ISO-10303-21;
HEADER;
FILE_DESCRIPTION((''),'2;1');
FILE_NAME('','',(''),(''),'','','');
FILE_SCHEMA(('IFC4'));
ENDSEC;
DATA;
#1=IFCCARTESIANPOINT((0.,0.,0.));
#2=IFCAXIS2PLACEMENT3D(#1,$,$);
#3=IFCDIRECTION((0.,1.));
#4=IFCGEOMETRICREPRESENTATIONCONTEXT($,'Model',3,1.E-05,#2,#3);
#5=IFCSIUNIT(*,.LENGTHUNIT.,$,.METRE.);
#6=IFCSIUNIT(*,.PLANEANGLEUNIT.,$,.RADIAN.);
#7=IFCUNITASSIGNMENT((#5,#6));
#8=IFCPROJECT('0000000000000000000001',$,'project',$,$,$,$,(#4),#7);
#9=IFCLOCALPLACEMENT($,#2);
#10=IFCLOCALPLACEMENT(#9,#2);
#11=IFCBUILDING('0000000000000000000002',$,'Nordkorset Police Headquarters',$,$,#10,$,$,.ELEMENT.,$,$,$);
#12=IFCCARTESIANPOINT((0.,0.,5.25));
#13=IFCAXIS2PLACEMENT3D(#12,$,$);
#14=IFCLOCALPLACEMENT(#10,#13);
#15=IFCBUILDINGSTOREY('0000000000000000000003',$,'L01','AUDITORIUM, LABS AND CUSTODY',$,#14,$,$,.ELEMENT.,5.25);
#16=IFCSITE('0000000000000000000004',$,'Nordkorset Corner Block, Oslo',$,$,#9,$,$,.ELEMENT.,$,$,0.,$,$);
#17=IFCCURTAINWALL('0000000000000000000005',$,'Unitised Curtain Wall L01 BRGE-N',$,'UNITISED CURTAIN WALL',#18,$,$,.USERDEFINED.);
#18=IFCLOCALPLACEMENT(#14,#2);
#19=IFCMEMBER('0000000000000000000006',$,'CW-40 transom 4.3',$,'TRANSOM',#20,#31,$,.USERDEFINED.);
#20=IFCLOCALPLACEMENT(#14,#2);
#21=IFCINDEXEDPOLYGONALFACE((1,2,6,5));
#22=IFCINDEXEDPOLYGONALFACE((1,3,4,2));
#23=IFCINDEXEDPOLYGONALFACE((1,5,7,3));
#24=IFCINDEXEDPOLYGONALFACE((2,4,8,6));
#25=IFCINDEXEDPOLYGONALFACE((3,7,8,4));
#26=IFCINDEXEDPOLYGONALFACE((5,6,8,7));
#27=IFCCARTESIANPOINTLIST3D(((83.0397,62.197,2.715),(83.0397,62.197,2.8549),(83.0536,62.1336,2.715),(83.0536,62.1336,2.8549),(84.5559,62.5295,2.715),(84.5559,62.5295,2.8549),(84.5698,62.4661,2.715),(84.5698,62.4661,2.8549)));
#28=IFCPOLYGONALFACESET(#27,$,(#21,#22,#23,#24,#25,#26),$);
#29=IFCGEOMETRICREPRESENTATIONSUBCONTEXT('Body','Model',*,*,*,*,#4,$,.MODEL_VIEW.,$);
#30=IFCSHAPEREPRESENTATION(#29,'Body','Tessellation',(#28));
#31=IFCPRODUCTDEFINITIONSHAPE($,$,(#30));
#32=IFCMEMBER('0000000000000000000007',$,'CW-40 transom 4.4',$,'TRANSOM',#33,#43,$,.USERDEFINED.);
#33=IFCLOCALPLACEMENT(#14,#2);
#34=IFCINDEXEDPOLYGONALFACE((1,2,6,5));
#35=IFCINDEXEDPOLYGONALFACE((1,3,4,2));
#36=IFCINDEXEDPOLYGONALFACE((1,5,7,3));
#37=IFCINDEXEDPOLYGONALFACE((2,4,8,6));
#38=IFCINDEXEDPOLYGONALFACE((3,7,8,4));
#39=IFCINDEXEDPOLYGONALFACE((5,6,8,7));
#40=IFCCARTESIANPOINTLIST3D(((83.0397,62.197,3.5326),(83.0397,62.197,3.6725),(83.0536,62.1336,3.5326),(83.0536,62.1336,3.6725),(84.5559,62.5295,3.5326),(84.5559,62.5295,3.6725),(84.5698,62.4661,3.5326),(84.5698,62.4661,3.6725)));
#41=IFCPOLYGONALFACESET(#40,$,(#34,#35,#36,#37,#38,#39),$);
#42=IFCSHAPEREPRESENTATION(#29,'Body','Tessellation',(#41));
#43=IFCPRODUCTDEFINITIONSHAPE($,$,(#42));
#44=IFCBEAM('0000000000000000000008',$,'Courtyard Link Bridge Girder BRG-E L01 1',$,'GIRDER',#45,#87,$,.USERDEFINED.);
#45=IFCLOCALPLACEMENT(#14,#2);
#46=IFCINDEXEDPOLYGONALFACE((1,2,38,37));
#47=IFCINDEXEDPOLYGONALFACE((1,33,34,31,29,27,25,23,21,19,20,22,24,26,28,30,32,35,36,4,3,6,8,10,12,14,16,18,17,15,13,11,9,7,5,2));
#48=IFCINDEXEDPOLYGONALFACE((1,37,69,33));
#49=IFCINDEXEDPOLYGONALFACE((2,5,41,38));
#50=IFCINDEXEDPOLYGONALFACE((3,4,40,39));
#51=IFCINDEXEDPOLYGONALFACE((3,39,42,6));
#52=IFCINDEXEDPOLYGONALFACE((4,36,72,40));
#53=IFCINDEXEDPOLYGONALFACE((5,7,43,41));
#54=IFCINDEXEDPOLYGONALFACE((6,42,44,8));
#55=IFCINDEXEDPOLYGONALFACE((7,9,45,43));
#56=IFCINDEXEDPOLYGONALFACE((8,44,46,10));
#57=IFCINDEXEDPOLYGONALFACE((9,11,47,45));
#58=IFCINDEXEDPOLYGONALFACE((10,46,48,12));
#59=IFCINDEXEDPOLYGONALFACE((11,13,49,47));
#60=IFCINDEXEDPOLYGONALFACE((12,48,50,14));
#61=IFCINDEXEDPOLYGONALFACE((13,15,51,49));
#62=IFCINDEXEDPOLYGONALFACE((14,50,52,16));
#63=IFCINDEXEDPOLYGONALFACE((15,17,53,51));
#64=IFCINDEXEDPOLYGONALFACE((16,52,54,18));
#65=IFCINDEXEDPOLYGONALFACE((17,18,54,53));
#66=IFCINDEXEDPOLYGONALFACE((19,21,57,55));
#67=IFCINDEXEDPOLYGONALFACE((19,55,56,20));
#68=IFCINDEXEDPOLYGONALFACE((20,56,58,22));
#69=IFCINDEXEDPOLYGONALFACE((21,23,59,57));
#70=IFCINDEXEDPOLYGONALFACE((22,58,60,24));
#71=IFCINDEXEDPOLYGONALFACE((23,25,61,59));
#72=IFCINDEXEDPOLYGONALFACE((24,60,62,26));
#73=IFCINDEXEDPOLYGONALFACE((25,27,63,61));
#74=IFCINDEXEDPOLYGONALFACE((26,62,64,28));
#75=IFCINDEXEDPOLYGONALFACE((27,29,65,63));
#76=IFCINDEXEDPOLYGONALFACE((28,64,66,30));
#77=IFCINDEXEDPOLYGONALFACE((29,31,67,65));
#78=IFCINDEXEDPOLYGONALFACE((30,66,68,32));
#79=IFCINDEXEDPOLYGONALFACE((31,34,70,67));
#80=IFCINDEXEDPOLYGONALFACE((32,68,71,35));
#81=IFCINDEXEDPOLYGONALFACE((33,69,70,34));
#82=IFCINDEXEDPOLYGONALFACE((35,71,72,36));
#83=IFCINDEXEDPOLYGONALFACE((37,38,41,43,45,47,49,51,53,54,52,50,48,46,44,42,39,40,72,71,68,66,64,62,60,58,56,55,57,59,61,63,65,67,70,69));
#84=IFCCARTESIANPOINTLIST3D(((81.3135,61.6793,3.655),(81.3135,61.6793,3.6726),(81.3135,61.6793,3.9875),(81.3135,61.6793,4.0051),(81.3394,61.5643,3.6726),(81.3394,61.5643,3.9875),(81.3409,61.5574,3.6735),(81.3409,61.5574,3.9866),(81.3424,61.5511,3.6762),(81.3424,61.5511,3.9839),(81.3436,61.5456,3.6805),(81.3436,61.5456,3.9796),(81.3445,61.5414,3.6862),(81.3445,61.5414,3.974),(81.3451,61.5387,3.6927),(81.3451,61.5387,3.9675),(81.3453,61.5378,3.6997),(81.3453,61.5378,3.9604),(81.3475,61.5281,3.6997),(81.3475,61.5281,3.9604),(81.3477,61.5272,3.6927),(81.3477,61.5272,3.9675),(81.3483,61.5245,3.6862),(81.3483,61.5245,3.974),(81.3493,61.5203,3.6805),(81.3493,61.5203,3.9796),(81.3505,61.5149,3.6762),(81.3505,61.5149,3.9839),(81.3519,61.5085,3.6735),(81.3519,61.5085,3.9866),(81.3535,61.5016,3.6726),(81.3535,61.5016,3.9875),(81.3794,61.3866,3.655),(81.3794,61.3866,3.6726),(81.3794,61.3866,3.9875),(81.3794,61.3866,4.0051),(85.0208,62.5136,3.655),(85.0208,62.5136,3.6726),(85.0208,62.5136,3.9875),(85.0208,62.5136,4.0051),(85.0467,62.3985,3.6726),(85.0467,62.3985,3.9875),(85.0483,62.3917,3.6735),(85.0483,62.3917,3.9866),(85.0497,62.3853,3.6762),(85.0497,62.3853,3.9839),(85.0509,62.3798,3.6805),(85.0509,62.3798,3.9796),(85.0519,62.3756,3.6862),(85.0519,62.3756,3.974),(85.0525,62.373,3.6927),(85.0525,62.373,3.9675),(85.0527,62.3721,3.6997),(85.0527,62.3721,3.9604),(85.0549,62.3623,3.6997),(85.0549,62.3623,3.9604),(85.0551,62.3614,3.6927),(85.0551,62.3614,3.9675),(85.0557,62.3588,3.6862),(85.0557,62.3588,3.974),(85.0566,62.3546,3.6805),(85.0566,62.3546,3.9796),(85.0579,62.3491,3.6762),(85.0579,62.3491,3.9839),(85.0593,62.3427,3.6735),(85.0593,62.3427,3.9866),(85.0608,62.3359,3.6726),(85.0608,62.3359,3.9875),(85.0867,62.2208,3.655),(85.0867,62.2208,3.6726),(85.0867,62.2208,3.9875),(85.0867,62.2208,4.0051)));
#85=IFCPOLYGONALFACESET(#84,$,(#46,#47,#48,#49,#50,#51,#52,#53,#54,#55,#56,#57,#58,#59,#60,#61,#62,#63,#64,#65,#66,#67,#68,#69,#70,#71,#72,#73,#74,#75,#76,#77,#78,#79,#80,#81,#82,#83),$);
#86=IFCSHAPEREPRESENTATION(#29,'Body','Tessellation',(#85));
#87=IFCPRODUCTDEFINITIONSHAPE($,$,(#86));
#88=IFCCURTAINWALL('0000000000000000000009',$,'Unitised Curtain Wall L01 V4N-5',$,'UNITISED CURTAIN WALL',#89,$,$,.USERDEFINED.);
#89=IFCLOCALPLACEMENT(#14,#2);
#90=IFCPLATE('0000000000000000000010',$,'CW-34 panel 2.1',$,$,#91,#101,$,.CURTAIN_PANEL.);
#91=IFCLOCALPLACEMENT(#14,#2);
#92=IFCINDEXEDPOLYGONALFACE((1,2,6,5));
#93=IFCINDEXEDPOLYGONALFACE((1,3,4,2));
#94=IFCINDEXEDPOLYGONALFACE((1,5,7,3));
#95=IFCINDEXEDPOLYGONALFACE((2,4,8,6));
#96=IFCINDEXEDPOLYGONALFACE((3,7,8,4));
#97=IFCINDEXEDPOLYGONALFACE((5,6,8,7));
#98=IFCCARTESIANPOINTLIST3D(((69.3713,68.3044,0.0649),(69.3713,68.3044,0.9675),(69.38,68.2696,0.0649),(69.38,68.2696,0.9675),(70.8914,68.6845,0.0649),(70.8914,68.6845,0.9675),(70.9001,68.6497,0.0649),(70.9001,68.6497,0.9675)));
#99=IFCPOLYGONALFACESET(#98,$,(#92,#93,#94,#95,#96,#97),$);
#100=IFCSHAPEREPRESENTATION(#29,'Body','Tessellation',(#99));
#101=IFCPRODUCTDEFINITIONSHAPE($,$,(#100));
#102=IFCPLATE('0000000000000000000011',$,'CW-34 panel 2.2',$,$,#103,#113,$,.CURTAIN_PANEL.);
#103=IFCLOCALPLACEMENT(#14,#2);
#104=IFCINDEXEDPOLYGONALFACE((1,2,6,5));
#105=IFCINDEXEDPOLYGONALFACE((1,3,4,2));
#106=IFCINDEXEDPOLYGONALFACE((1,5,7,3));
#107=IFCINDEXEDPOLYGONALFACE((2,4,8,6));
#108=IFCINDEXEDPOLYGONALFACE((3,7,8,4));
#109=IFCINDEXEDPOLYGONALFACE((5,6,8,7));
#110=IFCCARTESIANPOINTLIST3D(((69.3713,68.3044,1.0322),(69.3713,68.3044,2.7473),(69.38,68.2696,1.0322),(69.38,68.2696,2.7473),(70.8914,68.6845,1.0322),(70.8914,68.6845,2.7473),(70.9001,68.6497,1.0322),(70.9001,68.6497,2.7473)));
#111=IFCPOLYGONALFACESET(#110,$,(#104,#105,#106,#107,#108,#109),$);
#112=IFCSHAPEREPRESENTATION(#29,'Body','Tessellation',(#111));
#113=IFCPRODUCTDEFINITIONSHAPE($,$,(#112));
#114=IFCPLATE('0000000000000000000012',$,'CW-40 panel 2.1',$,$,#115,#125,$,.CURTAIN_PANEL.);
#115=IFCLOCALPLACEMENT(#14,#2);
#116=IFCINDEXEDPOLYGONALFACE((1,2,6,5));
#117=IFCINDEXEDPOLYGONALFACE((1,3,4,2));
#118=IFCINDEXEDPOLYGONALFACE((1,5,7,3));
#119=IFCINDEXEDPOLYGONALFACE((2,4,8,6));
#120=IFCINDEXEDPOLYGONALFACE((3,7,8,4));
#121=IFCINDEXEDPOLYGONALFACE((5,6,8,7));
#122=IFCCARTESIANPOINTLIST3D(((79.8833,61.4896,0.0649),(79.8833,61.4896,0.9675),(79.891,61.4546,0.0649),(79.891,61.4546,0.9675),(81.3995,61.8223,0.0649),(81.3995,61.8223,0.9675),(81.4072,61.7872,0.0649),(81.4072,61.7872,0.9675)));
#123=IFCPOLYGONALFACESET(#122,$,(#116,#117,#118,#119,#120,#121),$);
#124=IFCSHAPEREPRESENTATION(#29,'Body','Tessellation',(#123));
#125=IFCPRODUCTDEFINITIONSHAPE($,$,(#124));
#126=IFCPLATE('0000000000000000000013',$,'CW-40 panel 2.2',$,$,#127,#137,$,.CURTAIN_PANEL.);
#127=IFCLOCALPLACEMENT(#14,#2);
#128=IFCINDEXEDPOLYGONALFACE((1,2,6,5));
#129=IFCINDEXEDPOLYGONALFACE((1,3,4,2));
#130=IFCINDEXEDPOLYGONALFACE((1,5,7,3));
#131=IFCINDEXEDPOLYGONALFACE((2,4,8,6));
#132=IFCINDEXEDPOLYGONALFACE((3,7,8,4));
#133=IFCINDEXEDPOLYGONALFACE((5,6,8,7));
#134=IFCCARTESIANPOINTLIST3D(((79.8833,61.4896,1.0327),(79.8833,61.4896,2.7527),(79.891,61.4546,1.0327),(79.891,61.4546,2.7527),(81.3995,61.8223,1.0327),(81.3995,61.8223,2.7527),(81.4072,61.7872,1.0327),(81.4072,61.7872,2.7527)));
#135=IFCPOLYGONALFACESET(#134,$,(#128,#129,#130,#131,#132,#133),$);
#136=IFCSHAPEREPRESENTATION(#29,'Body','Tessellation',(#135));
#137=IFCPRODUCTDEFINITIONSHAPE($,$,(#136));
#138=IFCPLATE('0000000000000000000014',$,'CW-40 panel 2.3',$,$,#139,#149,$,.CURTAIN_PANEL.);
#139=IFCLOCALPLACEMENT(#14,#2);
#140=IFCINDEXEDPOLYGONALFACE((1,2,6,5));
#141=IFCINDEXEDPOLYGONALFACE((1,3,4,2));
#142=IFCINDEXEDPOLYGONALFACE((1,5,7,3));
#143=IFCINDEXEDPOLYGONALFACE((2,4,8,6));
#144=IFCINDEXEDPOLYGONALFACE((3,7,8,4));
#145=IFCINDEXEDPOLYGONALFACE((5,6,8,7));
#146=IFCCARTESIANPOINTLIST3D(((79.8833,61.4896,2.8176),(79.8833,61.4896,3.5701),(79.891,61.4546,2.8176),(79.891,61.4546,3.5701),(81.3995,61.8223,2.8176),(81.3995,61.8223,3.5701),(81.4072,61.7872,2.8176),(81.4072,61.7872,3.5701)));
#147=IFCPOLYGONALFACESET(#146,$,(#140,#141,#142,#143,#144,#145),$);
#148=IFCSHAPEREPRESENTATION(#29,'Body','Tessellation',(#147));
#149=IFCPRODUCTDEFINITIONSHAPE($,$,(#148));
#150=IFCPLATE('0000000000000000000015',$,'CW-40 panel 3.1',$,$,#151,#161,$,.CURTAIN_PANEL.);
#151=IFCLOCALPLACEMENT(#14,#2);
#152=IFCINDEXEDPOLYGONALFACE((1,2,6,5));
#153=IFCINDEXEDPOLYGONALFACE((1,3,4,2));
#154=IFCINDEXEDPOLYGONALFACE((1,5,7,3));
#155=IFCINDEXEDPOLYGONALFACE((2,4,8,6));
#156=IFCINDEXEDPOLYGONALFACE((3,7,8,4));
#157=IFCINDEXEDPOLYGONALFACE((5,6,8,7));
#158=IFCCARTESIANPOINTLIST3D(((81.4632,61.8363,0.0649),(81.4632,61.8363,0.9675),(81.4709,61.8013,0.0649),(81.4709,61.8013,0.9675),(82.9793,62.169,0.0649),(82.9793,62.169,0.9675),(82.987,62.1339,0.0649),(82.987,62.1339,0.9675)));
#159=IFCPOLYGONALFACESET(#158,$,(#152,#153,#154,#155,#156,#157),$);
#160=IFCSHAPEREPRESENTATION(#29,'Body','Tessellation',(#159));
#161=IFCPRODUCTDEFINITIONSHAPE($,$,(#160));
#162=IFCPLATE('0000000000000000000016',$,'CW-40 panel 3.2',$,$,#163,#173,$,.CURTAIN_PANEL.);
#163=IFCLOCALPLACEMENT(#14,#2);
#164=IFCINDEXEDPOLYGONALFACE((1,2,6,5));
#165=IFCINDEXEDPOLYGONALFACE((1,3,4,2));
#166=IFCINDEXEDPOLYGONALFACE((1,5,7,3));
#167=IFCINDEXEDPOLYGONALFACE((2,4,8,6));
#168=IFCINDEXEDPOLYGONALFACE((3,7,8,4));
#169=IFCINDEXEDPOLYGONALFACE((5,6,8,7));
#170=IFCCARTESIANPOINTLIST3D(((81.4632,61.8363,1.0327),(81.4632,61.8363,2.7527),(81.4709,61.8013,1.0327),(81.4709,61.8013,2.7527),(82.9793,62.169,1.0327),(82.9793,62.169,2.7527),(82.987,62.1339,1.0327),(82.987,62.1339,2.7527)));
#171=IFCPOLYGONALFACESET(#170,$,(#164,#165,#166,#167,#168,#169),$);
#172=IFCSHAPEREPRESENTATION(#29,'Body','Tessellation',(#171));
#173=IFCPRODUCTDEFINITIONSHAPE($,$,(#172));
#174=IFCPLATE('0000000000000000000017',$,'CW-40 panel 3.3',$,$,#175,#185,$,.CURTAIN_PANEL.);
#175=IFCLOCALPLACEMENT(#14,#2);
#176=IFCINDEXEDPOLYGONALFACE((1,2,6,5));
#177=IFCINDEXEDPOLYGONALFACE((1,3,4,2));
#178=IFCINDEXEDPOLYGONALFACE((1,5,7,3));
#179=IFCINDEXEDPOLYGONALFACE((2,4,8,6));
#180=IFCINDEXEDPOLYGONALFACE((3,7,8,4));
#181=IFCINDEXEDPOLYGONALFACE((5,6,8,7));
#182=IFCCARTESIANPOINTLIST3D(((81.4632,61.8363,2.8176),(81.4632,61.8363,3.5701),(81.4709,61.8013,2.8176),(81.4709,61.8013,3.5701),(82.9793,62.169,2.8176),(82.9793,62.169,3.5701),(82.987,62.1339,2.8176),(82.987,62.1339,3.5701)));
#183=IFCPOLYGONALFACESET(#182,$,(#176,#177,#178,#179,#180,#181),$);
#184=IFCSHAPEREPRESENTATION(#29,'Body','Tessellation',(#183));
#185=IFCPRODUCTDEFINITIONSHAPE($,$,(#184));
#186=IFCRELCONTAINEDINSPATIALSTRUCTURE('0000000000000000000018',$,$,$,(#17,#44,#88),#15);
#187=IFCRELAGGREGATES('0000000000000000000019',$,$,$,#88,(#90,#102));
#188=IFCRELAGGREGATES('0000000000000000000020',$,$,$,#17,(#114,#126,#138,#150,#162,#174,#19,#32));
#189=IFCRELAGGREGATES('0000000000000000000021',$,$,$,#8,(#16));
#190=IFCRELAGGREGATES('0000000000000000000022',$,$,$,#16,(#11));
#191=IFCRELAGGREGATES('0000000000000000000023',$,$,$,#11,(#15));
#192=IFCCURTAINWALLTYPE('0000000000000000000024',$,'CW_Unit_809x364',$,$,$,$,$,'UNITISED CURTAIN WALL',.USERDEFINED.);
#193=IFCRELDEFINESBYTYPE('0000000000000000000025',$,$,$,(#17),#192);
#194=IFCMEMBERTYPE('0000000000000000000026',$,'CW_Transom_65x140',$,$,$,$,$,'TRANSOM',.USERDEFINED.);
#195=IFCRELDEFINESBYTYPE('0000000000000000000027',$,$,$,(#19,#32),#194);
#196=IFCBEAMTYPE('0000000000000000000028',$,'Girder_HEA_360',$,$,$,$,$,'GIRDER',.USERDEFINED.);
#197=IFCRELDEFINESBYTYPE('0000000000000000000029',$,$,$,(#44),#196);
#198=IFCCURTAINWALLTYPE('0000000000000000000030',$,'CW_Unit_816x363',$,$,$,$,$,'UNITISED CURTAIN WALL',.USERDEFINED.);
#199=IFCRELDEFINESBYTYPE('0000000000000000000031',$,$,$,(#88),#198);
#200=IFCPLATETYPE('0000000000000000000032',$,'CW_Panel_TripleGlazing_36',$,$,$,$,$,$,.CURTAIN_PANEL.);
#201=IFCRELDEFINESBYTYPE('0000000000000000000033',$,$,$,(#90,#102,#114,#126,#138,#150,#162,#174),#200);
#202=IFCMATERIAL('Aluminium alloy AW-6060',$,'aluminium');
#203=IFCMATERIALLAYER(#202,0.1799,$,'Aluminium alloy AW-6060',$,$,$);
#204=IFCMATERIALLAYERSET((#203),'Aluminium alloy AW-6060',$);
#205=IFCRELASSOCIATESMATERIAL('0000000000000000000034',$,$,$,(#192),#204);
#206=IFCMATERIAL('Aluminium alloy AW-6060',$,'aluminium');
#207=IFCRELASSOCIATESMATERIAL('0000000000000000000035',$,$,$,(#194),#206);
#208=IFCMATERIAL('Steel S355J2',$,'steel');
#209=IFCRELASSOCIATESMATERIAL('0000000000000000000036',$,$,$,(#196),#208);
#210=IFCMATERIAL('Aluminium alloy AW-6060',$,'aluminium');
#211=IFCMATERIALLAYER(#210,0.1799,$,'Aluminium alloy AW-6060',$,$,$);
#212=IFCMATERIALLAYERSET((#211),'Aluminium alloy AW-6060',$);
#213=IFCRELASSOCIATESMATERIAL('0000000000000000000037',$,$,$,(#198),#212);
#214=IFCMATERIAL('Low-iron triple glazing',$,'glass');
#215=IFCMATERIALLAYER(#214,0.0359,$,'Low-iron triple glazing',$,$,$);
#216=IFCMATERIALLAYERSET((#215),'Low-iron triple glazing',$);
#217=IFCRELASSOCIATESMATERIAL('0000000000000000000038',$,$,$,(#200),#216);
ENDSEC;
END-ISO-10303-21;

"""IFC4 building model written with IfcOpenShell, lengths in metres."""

from ifc_helpers import new_model, si_unit, direction, frame, origin, origin_2d, place, context, subcontext, project, spatial, rectangle, i_section, extrude, material, layer, layer_set, material_profile, profile_set, type_object, element, aggregate, save


model = new_model("IFC4")

# Units and contexts
model_context = context("Model", 3, precision=1e-05, world=origin(), true_north=direction((0.0, 1.0)))
body_context = subcontext(model_context, "Body", "Model", "MODEL_VIEW")
ifc_project = project(units=[si_unit("LENGTHUNIT", "METRE"), si_unit("PLANEANGLEUNIT", "RADIAN")], contexts=[model_context])

# Site, building, storey
site_placement = place(None, origin())
site = spatial("IfcSite", under=ifc_project, at=site_placement, Name="Nordkorset Corner Block, Oslo", CompositionType="ELEMENT", RefElevation=0.0)
building_placement = place(site_placement, origin())
building = spatial("IfcBuilding", under=site, at=building_placement, Name="Nordkorset Police Headquarters", CompositionType="ELEMENT")
storey_placement = place(building_placement, frame((0.0, 0.0, 5.25)))
storey = spatial("IfcBuildingStorey", under=building, at=storey_placement, Name="L01", Description="AUDITORIUM, LABS AND CUSTODY", CompositionType="ELEMENT", Elevation=5.25)

# Curtain wall, members
ifc_material_1 = material(Name="Aluminium alloy AW-6060", Category="aluminium")
ifc_layer_1 = layer(ifc_material_1, 0.1799, Name="Aluminium alloy AW-6060")
ifc_layer_set_1 = layer_set([ifc_layer_1], Name="Aluminium alloy AW-6060")
curtain_wall_type_1 = type_object("IfcCurtainWallType", Name="CW_Unit_809x364", ElementType="UNITISED CURTAIN WALL", PredefinedType="USERDEFINED", material=ifc_layer_set_1)
curtain_wall_1_placement = place(storey_placement, origin())
curtain_wall_1 = element("IfcCurtainWall", 1, at=curtain_wall_1_placement, inside=storey, type_object=curtain_wall_type_1, Name="Unitised Curtain Wall L01 BRGE-N", ObjectType="UNITISED CURTAIN WALL", PredefinedType="USERDEFINED")
ifc_material_2 = material(Name="Aluminium alloy AW-6060", Category="aluminium")
ifc_material_profile_1 = material_profile(ifc_material_2, rectangle(XDim=0.0649, YDim=0.1399, at=origin_2d()), Name="ALU TRAN 65x140")
ifc_profile_set_1 = profile_set([ifc_material_profile_1], Name="Aluminium alloy AW-6060")
member_type_1 = type_object("IfcMemberType", Name="CW_Transom_65x140", ElementType="TRANSOM", PredefinedType="USERDEFINED", material=ifc_profile_set_1)
member_1_placement = place(storey_placement, frame((83.0466, 62.1653, 2.7849), z_axis=(0.976783, 0.214232, 0.0), x_axis=(-0.214232, 0.976783, 0.0)))
member_1 = element("IfcMember", 2, at=member_1_placement, type_object=member_type_1, Name="CW-40 transom 4.3", ObjectType="TRANSOM", PredefinedType="USERDEFINED", context=body_context, shape_type="SweptSolid", body=[
    extrude(rectangle(XDim=0.0649, YDim=0.1399, at=origin_2d()), origin(), (0.0, 0.0, 1.0), 1.5522),
])
member_2_placement = place(storey_placement, frame((83.0466, 62.1653, 3.6025), z_axis=(0.976783, 0.214232, 0.0), x_axis=(-0.214232, 0.976783, 0.0)))
member_2 = element("IfcMember", 3, at=member_2_placement, type_object=member_type_1, Name="CW-40 transom 4.4", ObjectType="TRANSOM", PredefinedType="USERDEFINED", context=body_context, shape_type="SweptSolid", body=[
    extrude(rectangle(XDim=0.0649, YDim=0.1399, at=origin_2d()), origin(), (0.0, 0.0, 1.0), 1.5522),
])

# Beam
ifc_material_3 = material(Name="Steel S355J2", Category="steel")
ifc_material_profile_2 = material_profile(ifc_material_3, i_section(OverallWidth=0.3, OverallDepth=0.3501, WebThickness=0.01, FlangeThickness=0.0176, FilletRadius=0.0271, at=origin_2d()), Name="HEA 360")
ifc_profile_set_2 = profile_set([ifc_material_profile_2], Name="Steel S355J2")
beam_type = type_object("IfcBeamType", Name="Girder_HEA_360", ElementType="GIRDER", PredefinedType="USERDEFINED", material=ifc_profile_set_2)
beam_placement = place(storey_placement, frame((81.3464, 61.533, 3.8301), z_axis=(0.975605, 0.219535, 0.0), x_axis=(-0.219535, 0.975605, 0.0)))
element("IfcBeam", 4, at=beam_placement, inside=storey, type_object=beam_type, Name="Courtyard Link Bridge Girder BRG-E L01 1", ObjectType="GIRDER", PredefinedType="USERDEFINED", context=body_context, shape_type="SweptSolid", body=[
    extrude(i_section(OverallWidth=0.3, OverallDepth=0.3501, WebThickness=0.01, FlangeThickness=0.0176, FilletRadius=0.0271, at=origin_2d()), origin(), (0.0, 0.0, 1.0), 3.8),
])

# Curtain wall, plates
ifc_material_4 = material(Name="Aluminium alloy AW-6060", Category="aluminium")
ifc_layer_2 = layer(ifc_material_4, 0.1799, Name="Aluminium alloy AW-6060")
ifc_layer_set_2 = layer_set([ifc_layer_2], Name="Aluminium alloy AW-6060")
curtain_wall_type_2 = type_object("IfcCurtainWallType", Name="CW_Unit_816x363", ElementType="UNITISED CURTAIN WALL", PredefinedType="USERDEFINED", material=ifc_layer_set_2)
curtain_wall_2_placement = place(storey_placement, origin())
curtain_wall_2 = element("IfcCurtainWall", 5, at=curtain_wall_2_placement, inside=storey, type_object=curtain_wall_type_2, Name="Unitised Curtain Wall L01 V4N-5", ObjectType="UNITISED CURTAIN WALL", PredefinedType="USERDEFINED")
ifc_material_5 = material(Name="Low-iron triple glazing", Category="glass")
ifc_layer_3 = layer(ifc_material_5, 0.0359, Name="Low-iron triple glazing")
ifc_layer_set_3 = layer_set([ifc_layer_3], Name="Low-iron triple glazing")
plate_type_1 = type_object("IfcPlateType", Name="CW_Panel_TripleGlazing_36", PredefinedType="CURTAIN_PANEL", material=ifc_layer_set_3)
plate_1_placement = place(storey_placement, frame((70.1357, 68.4771, 0.0649), z_axis=(0.0, 0.0, 1.0), x_axis=(0.970143, 0.242536, 0.0)))
plate_1 = element("IfcPlate", 6, at=plate_1_placement, type_object=plate_type_1, Name="CW-34 panel 2.1", PredefinedType="CURTAIN_PANEL", context=body_context, shape_type="SweptSolid", body=[
    extrude(rectangle(XDim=1.5669, YDim=0.0359, at=origin_2d()), origin(), (0.0, 0.0, 1.0), 0.9026),
])
plate_2_placement = place(storey_placement, frame((70.1357, 68.4771, 1.0322), z_axis=(0.0, 0.0, 1.0), x_axis=(0.970143, 0.242536, 0.0)))
plate_2 = element("IfcPlate", 7, at=plate_2_placement, type_object=plate_type_1, Name="CW-34 panel 2.2", PredefinedType="CURTAIN_PANEL", context=body_context, shape_type="SweptSolid", body=[
    extrude(rectangle(XDim=1.5669, YDim=0.0359, at=origin_2d()), origin(), (0.0, 0.0, 1.0), 1.7151),
])
aggregate(curtain_wall_2, [plate_1, plate_2])

# Plates
plate_3_placement = place(storey_placement, frame((80.6453, 61.6384, 0.0649), z_axis=(0.0, 0.0, 1.0), x_axis=(0.976768, 0.214298, 0.0)))
plate_3 = element("IfcPlate", 8, at=plate_3_placement, type_object=plate_type_1, Name="CW-40 panel 2.1", PredefinedType="CURTAIN_PANEL", context=body_context, shape_type="SweptSolid", body=[
    extrude(rectangle(XDim=1.5522, YDim=0.0359, at=origin_2d()), origin(), (0.0, 0.0, 1.0), 0.9026),
])
plate_4_placement = place(storey_placement, frame((80.6453, 61.6384, 1.0327), z_axis=(0.0, 0.0, 1.0), x_axis=(0.976768, 0.214298, 0.0)))
plate_4 = element("IfcPlate", 9, at=plate_4_placement, type_object=plate_type_1, Name="CW-40 panel 2.2", PredefinedType="CURTAIN_PANEL", context=body_context, shape_type="SweptSolid", body=[
    extrude(rectangle(XDim=1.5522, YDim=0.0359, at=origin_2d()), origin(), (0.0, 0.0, 1.0), 1.72),
])
plate_5_placement = place(storey_placement, frame((80.6453, 61.6384, 2.8176), z_axis=(0.0, 0.0, 1.0), x_axis=(0.976768, 0.214298, 0.0)))
plate_5 = element("IfcPlate", 10, at=plate_5_placement, type_object=plate_type_1, Name="CW-40 panel 2.3", PredefinedType="CURTAIN_PANEL", context=body_context, shape_type="SweptSolid", body=[
    extrude(rectangle(XDim=1.5522, YDim=0.0359, at=origin_2d()), origin(), (0.0, 0.0, 1.0), 0.7524),
])
plate_6_placement = place(storey_placement, frame((82.2251, 61.9851, 0.0649), z_axis=(0.0, 0.0, 1.0), x_axis=(0.976768, 0.214298, 0.0)))
plate_6 = element("IfcPlate", 11, at=plate_6_placement, type_object=plate_type_1, Name="CW-40 panel 3.1", PredefinedType="CURTAIN_PANEL", context=body_context, shape_type="SweptSolid", body=[
    extrude(rectangle(XDim=1.5522, YDim=0.0359, at=origin_2d()), origin(), (0.0, 0.0, 1.0), 0.9026),
])
plate_7_placement = place(storey_placement, frame((82.2251, 61.9851, 1.0327), z_axis=(0.0, 0.0, 1.0), x_axis=(0.976768, 0.214298, 0.0)))
plate_7 = element("IfcPlate", 12, at=plate_7_placement, type_object=plate_type_1, Name="CW-40 panel 3.2", PredefinedType="CURTAIN_PANEL", context=body_context, shape_type="SweptSolid", body=[
    extrude(rectangle(XDim=1.5522, YDim=0.0359, at=origin_2d()), origin(), (0.0, 0.0, 1.0), 1.72),
])
plate_8_placement = place(storey_placement, frame((82.2251, 61.9851, 2.8176), z_axis=(0.0, 0.0, 1.0), x_axis=(0.976768, 0.214298, 0.0)))
plate_8 = element("IfcPlate", 13, at=plate_8_placement, type_object=plate_type_1, Name="CW-40 panel 3.3", PredefinedType="CURTAIN_PANEL", context=body_context, shape_type="SweptSolid", body=[
    extrude(rectangle(XDim=1.5522, YDim=0.0359, at=origin_2d()), origin(), (0.0, 0.0, 1.0), 0.7524),
])
aggregate(curtain_wall_1, [plate_3, plate_4, plate_5, plate_6, plate_7, plate_8, member_1, member_2])

save(model, "model.ifc")
